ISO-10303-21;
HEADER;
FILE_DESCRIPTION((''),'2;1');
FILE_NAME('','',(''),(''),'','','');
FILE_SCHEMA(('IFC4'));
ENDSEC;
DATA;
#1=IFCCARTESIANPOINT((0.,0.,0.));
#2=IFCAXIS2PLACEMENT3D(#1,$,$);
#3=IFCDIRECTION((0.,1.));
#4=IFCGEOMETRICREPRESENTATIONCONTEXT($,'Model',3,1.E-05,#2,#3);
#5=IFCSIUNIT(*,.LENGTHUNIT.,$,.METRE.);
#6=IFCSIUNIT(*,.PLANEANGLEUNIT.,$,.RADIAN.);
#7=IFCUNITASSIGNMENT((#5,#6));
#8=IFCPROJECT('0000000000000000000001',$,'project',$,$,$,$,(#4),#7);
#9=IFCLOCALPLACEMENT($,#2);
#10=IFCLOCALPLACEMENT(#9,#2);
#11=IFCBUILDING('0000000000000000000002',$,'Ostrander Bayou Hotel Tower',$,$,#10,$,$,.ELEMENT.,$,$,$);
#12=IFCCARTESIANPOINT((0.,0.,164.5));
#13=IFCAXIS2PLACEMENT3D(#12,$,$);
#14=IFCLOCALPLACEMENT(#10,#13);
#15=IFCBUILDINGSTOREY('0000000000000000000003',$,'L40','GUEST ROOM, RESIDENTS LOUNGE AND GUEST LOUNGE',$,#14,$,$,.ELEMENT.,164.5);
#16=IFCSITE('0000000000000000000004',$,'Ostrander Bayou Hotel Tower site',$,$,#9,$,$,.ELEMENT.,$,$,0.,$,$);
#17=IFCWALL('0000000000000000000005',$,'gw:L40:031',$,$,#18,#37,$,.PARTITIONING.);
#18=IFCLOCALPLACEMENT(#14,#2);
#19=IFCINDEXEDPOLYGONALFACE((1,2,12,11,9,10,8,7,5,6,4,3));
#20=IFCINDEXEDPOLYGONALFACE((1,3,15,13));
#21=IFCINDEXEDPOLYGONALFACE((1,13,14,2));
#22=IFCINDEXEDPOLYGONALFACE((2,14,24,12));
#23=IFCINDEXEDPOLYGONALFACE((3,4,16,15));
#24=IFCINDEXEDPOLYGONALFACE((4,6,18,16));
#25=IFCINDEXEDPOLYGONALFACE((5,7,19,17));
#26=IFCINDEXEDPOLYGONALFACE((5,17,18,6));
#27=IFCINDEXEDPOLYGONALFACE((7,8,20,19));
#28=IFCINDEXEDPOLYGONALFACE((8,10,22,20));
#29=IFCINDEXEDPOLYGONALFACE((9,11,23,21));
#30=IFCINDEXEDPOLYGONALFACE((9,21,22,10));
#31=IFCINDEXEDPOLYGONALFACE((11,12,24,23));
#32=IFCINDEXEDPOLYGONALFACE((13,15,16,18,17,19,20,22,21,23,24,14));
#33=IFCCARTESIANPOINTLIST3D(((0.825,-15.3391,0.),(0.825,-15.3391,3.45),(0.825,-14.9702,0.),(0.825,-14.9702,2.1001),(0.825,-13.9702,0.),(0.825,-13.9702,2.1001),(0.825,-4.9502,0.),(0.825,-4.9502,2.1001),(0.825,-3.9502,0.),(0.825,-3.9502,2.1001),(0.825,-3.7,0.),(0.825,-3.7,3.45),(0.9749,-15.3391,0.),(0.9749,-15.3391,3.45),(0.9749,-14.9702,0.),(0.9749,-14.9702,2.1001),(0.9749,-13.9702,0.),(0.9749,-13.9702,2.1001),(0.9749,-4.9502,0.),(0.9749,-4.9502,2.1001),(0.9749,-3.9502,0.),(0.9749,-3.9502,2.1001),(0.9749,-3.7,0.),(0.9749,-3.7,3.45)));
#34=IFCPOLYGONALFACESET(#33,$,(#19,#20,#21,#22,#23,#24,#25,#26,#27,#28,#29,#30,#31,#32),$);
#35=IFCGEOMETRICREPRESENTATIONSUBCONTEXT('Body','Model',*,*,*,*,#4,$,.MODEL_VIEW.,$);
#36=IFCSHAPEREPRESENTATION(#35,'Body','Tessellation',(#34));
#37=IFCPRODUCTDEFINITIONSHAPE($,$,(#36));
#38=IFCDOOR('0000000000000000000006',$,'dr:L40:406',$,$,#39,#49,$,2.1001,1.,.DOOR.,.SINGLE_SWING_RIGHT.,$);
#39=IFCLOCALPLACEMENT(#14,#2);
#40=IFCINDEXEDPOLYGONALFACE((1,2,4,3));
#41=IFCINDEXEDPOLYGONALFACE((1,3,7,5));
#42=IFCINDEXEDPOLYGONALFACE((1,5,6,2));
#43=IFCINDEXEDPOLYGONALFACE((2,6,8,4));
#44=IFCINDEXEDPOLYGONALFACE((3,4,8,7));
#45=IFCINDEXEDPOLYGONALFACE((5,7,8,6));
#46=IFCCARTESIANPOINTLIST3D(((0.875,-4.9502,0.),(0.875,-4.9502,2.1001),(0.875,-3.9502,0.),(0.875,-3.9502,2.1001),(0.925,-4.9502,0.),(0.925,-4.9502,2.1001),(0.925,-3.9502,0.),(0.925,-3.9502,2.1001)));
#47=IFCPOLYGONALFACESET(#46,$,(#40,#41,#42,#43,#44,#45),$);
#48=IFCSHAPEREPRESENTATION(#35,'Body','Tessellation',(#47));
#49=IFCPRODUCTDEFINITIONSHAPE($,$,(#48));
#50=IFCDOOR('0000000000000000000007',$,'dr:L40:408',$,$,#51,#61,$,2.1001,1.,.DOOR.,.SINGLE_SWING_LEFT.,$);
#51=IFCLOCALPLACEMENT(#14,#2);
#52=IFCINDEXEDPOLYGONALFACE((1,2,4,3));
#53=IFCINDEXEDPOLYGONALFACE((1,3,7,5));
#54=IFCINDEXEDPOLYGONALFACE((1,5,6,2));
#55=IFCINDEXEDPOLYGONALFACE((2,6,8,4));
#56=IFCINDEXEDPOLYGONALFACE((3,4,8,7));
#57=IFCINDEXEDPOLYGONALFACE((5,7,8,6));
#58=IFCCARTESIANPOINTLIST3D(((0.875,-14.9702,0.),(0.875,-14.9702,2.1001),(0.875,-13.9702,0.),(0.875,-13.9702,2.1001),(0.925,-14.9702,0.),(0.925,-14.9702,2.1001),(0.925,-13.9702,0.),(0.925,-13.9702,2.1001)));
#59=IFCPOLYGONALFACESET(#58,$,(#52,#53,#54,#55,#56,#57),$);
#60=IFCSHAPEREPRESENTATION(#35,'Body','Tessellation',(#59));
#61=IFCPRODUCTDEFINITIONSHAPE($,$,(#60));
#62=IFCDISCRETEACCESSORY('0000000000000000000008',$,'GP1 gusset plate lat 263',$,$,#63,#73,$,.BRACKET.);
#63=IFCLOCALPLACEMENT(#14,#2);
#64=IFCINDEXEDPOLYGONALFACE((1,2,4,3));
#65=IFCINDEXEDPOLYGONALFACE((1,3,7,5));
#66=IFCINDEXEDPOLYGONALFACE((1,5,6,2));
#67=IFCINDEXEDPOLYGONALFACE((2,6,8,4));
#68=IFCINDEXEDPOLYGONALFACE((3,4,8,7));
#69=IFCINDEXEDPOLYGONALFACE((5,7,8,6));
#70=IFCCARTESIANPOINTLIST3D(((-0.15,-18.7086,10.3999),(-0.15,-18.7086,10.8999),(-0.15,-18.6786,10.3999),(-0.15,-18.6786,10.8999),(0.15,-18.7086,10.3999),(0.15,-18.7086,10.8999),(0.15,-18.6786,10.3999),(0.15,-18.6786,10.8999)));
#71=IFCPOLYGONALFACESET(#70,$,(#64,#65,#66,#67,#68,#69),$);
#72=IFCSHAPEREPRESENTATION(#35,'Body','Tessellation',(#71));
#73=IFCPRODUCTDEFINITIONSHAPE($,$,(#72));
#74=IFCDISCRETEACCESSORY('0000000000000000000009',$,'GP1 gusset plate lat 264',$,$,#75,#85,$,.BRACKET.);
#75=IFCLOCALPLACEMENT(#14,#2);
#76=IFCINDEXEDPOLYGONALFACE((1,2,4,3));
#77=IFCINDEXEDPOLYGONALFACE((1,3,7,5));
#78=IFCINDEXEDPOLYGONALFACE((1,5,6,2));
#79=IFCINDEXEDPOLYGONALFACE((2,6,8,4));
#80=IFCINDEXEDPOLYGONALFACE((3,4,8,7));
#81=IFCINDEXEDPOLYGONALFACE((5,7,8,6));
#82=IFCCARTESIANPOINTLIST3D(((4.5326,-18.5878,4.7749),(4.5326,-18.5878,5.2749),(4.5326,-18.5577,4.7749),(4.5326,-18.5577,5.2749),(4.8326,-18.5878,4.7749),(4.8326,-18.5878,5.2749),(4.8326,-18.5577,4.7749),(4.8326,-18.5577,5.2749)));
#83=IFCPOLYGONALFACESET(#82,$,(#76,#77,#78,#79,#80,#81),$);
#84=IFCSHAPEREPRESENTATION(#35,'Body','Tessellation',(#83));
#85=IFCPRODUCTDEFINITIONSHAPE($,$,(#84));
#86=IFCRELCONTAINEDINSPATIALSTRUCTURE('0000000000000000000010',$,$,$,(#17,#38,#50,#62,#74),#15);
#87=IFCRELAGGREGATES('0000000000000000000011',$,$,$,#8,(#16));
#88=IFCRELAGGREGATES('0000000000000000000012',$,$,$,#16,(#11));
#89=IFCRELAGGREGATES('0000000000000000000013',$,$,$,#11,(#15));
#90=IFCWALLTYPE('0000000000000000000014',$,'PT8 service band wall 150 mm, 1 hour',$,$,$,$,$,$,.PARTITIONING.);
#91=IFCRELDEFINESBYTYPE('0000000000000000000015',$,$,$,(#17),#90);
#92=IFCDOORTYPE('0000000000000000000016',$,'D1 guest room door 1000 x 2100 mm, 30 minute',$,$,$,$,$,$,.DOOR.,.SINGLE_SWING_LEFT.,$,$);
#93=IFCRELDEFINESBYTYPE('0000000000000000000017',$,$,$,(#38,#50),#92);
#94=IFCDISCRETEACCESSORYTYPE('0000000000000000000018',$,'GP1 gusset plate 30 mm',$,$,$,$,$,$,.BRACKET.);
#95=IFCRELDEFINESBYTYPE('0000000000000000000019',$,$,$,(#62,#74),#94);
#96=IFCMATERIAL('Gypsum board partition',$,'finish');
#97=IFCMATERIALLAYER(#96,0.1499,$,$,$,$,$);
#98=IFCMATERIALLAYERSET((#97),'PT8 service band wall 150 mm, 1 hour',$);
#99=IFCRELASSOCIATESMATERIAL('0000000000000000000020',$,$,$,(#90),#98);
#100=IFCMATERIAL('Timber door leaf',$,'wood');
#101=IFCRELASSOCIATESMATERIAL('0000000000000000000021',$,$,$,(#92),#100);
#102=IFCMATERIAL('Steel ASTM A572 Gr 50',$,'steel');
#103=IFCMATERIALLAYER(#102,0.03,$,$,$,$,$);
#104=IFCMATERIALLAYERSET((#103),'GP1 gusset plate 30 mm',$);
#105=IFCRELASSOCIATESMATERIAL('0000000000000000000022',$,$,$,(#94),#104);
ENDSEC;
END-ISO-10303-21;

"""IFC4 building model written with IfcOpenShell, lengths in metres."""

from ifc_helpers import new_model, si_unit, direction, frame, frame_2d, origin, origin_2d, place, context, subcontext, project, spatial, rectangle, extrude, material, layer, layer_set, type_object, element, fill, save


model = new_model("IFC4")

# Units and contexts
model_context = context("Model", 3, precision=1e-05, world=origin(), true_north=direction((0.0, 1.0)))
body_context = subcontext(model_context, "Body", "Model", "MODEL_VIEW")
ifc_project = project(units=[si_unit("LENGTHUNIT", "METRE"), si_unit("PLANEANGLEUNIT", "RADIAN")], contexts=[model_context])

# Site, building, storey
site_placement = place(None, origin())
site = spatial("IfcSite", under=ifc_project, at=site_placement, Name="Ostrander Bayou Hotel Tower site", CompositionType="ELEMENT", RefElevation=0.0)
building_placement = place(site_placement, origin())
building = spatial("IfcBuilding", under=site, at=building_placement, Name="Ostrander Bayou Hotel Tower", CompositionType="ELEMENT")
storey_placement = place(building_placement, frame((0.0, 0.0, 164.5)))
storey = spatial("IfcBuildingStorey", under=building, at=storey_placement, Name="L40", Description="GUEST ROOM, RESIDENTS LOUNGE AND GUEST LOUNGE", CompositionType="ELEMENT", Elevation=164.5)

# Wall, openings, doors
ifc_material_1 = material(Name="Gypsum board partition", Category="finish")
ifc_layer_1 = layer(ifc_material_1, 0.1499)
ifc_layer_set_1 = layer_set([ifc_layer_1], Name="PT8 service band wall 150 mm, 1 hour")
wall_type_1 = type_object("IfcWallType", Name="PT8 service band wall 150 mm, 1 hour", PredefinedType="PARTITIONING", material=ifc_layer_set_1)
wall_1_placement = place(storey_placement, frame((0.8999, -15.3391, 0.0), z_axis=(0.0, 0.0, 1.0), x_axis=(0.0, 1.0, 0.0)))
wall_1 = element("IfcWall", 1, at=wall_1_placement, inside=storey, type_object=wall_type_1, Name="gw:L40:031", PredefinedType="PARTITIONING", context=body_context, shape_type="SweptSolid", body=[
    extrude(rectangle(XDim=11.6392, YDim=0.1499, at=frame_2d((5.8196, 0.0))), origin(), (0.0, 0.0, 1.0), 3.45),
])
opening_1_placement = place(wall_1_placement, frame((10.3889, 0.0, 0.0)))
opening_1 = element("IfcOpeningElement", 2, at=opening_1_placement, cuts=wall_1, PredefinedType="OPENING", context=body_context, shape_type="SweptSolid", body=[
    extrude(rectangle(XDim=1.0, YDim=2.1001, at=frame_2d((0.5, 1.05))), frame((0.0, 0.075, 0.0), z_axis=(0.0, -1.0, 0.0), x_axis=(1.0, 0.0, 0.0)), (0.0, 0.0, 1.0), 0.1499),
])
opening_2_placement = place(wall_1_placement, frame((0.3689, 0.0, 0.0)))
opening_2 = element("IfcOpeningElement", 3, at=opening_2_placement, cuts=wall_1, PredefinedType="OPENING", context=body_context, shape_type="SweptSolid", body=[
    extrude(rectangle(XDim=1.0, YDim=2.1001, at=frame_2d((0.5, 1.05))), frame((0.0, 0.075, 0.0), z_axis=(0.0, -1.0, 0.0), x_axis=(1.0, 0.0, 0.0)), (0.0, 0.0, 1.0), 0.1499),
])
ifc_material_2 = material(Name="Timber door leaf", Category="wood")
door_type = type_object("IfcDoorType", Name="D1 guest room door 1000 x 2100 mm, 30 minute", OperationType="SINGLE_SWING_LEFT", PredefinedType="DOOR", material=ifc_material_2)
door_1_placement = place(opening_1_placement, origin())
door_1 = element("IfcDoor", 4, at=door_1_placement, inside=storey, type_object=door_type, Name="dr:L40:406", OperationType="SINGLE_SWING_RIGHT", OverallHeight=2.1001, OverallWidth=1.0, PredefinedType="DOOR", context=body_context, shape_type="SweptSolid", body=[
    extrude(rectangle(XDim=1.0, YDim=2.1001, at=frame_2d((0.5, 1.05))), frame((0.0, 0.0249, 0.0), z_axis=(0.0, -1.0, 0.0), x_axis=(1.0, 0.0, 0.0)), (0.0, 0.0, 1.0), 0.05),
])
fill(opening_1, door_1)
door_2_placement = place(opening_2_placement, origin())
door_2 = element("IfcDoor", 5, at=door_2_placement, inside=storey, type_object=door_type, Name="dr:L40:408", OperationType="SINGLE_SWING_LEFT", OverallHeight=2.1001, OverallWidth=1.0, PredefinedType="DOOR", context=body_context, shape_type="SweptSolid", body=[
    extrude(rectangle(XDim=1.0, YDim=2.1001, at=frame_2d((0.5, 1.05))), frame((0.0, 0.0249, 0.0), z_axis=(0.0, -1.0, 0.0), x_axis=(1.0, 0.0, 0.0)), (0.0, 0.0, 1.0), 0.05),
])
fill(opening_2, door_2)

# Discrete accessories
ifc_material_3 = material(Name="Steel ASTM A572 Gr 50", Category="steel")
ifc_layer_2 = layer(ifc_material_3, 0.03)
ifc_layer_set_2 = layer_set([ifc_layer_2], Name="GP1 gusset plate 30 mm")
discrete_accessory_type = type_object("IfcDiscreteAccessoryType", Name="GP1 gusset plate 30 mm", PredefinedType="BRACKET", material=ifc_layer_set_2)
for number, where, z_axis, x_axis, name in (
    (6, (0.0, -18.6936, 10.3999), (0.0, 0.0, 1.0), (1.0, 0.0, 0.0), "GP1 gusset plate lat 263"),
    (7, (4.6826, -18.5728, 4.7749), (0.0, 0.0, 1.0), (1.0, 0.0, 0.0), "GP1 gusset plate lat 264"),
):
    element("IfcDiscreteAccessory", number, at=place(storey_placement, frame(where, z_axis=z_axis, x_axis=x_axis)), inside=storey, type_object=discrete_accessory_type, Name=name, PredefinedType="BRACKET", context=body_context, shape_type="SweptSolid", body=[
        extrude(rectangle(XDim=0.3, YDim=0.03, at=origin_2d()), origin(), (0.0, 0.0, 1.0), 0.5),
    ])

save(model, "model.ifc")
